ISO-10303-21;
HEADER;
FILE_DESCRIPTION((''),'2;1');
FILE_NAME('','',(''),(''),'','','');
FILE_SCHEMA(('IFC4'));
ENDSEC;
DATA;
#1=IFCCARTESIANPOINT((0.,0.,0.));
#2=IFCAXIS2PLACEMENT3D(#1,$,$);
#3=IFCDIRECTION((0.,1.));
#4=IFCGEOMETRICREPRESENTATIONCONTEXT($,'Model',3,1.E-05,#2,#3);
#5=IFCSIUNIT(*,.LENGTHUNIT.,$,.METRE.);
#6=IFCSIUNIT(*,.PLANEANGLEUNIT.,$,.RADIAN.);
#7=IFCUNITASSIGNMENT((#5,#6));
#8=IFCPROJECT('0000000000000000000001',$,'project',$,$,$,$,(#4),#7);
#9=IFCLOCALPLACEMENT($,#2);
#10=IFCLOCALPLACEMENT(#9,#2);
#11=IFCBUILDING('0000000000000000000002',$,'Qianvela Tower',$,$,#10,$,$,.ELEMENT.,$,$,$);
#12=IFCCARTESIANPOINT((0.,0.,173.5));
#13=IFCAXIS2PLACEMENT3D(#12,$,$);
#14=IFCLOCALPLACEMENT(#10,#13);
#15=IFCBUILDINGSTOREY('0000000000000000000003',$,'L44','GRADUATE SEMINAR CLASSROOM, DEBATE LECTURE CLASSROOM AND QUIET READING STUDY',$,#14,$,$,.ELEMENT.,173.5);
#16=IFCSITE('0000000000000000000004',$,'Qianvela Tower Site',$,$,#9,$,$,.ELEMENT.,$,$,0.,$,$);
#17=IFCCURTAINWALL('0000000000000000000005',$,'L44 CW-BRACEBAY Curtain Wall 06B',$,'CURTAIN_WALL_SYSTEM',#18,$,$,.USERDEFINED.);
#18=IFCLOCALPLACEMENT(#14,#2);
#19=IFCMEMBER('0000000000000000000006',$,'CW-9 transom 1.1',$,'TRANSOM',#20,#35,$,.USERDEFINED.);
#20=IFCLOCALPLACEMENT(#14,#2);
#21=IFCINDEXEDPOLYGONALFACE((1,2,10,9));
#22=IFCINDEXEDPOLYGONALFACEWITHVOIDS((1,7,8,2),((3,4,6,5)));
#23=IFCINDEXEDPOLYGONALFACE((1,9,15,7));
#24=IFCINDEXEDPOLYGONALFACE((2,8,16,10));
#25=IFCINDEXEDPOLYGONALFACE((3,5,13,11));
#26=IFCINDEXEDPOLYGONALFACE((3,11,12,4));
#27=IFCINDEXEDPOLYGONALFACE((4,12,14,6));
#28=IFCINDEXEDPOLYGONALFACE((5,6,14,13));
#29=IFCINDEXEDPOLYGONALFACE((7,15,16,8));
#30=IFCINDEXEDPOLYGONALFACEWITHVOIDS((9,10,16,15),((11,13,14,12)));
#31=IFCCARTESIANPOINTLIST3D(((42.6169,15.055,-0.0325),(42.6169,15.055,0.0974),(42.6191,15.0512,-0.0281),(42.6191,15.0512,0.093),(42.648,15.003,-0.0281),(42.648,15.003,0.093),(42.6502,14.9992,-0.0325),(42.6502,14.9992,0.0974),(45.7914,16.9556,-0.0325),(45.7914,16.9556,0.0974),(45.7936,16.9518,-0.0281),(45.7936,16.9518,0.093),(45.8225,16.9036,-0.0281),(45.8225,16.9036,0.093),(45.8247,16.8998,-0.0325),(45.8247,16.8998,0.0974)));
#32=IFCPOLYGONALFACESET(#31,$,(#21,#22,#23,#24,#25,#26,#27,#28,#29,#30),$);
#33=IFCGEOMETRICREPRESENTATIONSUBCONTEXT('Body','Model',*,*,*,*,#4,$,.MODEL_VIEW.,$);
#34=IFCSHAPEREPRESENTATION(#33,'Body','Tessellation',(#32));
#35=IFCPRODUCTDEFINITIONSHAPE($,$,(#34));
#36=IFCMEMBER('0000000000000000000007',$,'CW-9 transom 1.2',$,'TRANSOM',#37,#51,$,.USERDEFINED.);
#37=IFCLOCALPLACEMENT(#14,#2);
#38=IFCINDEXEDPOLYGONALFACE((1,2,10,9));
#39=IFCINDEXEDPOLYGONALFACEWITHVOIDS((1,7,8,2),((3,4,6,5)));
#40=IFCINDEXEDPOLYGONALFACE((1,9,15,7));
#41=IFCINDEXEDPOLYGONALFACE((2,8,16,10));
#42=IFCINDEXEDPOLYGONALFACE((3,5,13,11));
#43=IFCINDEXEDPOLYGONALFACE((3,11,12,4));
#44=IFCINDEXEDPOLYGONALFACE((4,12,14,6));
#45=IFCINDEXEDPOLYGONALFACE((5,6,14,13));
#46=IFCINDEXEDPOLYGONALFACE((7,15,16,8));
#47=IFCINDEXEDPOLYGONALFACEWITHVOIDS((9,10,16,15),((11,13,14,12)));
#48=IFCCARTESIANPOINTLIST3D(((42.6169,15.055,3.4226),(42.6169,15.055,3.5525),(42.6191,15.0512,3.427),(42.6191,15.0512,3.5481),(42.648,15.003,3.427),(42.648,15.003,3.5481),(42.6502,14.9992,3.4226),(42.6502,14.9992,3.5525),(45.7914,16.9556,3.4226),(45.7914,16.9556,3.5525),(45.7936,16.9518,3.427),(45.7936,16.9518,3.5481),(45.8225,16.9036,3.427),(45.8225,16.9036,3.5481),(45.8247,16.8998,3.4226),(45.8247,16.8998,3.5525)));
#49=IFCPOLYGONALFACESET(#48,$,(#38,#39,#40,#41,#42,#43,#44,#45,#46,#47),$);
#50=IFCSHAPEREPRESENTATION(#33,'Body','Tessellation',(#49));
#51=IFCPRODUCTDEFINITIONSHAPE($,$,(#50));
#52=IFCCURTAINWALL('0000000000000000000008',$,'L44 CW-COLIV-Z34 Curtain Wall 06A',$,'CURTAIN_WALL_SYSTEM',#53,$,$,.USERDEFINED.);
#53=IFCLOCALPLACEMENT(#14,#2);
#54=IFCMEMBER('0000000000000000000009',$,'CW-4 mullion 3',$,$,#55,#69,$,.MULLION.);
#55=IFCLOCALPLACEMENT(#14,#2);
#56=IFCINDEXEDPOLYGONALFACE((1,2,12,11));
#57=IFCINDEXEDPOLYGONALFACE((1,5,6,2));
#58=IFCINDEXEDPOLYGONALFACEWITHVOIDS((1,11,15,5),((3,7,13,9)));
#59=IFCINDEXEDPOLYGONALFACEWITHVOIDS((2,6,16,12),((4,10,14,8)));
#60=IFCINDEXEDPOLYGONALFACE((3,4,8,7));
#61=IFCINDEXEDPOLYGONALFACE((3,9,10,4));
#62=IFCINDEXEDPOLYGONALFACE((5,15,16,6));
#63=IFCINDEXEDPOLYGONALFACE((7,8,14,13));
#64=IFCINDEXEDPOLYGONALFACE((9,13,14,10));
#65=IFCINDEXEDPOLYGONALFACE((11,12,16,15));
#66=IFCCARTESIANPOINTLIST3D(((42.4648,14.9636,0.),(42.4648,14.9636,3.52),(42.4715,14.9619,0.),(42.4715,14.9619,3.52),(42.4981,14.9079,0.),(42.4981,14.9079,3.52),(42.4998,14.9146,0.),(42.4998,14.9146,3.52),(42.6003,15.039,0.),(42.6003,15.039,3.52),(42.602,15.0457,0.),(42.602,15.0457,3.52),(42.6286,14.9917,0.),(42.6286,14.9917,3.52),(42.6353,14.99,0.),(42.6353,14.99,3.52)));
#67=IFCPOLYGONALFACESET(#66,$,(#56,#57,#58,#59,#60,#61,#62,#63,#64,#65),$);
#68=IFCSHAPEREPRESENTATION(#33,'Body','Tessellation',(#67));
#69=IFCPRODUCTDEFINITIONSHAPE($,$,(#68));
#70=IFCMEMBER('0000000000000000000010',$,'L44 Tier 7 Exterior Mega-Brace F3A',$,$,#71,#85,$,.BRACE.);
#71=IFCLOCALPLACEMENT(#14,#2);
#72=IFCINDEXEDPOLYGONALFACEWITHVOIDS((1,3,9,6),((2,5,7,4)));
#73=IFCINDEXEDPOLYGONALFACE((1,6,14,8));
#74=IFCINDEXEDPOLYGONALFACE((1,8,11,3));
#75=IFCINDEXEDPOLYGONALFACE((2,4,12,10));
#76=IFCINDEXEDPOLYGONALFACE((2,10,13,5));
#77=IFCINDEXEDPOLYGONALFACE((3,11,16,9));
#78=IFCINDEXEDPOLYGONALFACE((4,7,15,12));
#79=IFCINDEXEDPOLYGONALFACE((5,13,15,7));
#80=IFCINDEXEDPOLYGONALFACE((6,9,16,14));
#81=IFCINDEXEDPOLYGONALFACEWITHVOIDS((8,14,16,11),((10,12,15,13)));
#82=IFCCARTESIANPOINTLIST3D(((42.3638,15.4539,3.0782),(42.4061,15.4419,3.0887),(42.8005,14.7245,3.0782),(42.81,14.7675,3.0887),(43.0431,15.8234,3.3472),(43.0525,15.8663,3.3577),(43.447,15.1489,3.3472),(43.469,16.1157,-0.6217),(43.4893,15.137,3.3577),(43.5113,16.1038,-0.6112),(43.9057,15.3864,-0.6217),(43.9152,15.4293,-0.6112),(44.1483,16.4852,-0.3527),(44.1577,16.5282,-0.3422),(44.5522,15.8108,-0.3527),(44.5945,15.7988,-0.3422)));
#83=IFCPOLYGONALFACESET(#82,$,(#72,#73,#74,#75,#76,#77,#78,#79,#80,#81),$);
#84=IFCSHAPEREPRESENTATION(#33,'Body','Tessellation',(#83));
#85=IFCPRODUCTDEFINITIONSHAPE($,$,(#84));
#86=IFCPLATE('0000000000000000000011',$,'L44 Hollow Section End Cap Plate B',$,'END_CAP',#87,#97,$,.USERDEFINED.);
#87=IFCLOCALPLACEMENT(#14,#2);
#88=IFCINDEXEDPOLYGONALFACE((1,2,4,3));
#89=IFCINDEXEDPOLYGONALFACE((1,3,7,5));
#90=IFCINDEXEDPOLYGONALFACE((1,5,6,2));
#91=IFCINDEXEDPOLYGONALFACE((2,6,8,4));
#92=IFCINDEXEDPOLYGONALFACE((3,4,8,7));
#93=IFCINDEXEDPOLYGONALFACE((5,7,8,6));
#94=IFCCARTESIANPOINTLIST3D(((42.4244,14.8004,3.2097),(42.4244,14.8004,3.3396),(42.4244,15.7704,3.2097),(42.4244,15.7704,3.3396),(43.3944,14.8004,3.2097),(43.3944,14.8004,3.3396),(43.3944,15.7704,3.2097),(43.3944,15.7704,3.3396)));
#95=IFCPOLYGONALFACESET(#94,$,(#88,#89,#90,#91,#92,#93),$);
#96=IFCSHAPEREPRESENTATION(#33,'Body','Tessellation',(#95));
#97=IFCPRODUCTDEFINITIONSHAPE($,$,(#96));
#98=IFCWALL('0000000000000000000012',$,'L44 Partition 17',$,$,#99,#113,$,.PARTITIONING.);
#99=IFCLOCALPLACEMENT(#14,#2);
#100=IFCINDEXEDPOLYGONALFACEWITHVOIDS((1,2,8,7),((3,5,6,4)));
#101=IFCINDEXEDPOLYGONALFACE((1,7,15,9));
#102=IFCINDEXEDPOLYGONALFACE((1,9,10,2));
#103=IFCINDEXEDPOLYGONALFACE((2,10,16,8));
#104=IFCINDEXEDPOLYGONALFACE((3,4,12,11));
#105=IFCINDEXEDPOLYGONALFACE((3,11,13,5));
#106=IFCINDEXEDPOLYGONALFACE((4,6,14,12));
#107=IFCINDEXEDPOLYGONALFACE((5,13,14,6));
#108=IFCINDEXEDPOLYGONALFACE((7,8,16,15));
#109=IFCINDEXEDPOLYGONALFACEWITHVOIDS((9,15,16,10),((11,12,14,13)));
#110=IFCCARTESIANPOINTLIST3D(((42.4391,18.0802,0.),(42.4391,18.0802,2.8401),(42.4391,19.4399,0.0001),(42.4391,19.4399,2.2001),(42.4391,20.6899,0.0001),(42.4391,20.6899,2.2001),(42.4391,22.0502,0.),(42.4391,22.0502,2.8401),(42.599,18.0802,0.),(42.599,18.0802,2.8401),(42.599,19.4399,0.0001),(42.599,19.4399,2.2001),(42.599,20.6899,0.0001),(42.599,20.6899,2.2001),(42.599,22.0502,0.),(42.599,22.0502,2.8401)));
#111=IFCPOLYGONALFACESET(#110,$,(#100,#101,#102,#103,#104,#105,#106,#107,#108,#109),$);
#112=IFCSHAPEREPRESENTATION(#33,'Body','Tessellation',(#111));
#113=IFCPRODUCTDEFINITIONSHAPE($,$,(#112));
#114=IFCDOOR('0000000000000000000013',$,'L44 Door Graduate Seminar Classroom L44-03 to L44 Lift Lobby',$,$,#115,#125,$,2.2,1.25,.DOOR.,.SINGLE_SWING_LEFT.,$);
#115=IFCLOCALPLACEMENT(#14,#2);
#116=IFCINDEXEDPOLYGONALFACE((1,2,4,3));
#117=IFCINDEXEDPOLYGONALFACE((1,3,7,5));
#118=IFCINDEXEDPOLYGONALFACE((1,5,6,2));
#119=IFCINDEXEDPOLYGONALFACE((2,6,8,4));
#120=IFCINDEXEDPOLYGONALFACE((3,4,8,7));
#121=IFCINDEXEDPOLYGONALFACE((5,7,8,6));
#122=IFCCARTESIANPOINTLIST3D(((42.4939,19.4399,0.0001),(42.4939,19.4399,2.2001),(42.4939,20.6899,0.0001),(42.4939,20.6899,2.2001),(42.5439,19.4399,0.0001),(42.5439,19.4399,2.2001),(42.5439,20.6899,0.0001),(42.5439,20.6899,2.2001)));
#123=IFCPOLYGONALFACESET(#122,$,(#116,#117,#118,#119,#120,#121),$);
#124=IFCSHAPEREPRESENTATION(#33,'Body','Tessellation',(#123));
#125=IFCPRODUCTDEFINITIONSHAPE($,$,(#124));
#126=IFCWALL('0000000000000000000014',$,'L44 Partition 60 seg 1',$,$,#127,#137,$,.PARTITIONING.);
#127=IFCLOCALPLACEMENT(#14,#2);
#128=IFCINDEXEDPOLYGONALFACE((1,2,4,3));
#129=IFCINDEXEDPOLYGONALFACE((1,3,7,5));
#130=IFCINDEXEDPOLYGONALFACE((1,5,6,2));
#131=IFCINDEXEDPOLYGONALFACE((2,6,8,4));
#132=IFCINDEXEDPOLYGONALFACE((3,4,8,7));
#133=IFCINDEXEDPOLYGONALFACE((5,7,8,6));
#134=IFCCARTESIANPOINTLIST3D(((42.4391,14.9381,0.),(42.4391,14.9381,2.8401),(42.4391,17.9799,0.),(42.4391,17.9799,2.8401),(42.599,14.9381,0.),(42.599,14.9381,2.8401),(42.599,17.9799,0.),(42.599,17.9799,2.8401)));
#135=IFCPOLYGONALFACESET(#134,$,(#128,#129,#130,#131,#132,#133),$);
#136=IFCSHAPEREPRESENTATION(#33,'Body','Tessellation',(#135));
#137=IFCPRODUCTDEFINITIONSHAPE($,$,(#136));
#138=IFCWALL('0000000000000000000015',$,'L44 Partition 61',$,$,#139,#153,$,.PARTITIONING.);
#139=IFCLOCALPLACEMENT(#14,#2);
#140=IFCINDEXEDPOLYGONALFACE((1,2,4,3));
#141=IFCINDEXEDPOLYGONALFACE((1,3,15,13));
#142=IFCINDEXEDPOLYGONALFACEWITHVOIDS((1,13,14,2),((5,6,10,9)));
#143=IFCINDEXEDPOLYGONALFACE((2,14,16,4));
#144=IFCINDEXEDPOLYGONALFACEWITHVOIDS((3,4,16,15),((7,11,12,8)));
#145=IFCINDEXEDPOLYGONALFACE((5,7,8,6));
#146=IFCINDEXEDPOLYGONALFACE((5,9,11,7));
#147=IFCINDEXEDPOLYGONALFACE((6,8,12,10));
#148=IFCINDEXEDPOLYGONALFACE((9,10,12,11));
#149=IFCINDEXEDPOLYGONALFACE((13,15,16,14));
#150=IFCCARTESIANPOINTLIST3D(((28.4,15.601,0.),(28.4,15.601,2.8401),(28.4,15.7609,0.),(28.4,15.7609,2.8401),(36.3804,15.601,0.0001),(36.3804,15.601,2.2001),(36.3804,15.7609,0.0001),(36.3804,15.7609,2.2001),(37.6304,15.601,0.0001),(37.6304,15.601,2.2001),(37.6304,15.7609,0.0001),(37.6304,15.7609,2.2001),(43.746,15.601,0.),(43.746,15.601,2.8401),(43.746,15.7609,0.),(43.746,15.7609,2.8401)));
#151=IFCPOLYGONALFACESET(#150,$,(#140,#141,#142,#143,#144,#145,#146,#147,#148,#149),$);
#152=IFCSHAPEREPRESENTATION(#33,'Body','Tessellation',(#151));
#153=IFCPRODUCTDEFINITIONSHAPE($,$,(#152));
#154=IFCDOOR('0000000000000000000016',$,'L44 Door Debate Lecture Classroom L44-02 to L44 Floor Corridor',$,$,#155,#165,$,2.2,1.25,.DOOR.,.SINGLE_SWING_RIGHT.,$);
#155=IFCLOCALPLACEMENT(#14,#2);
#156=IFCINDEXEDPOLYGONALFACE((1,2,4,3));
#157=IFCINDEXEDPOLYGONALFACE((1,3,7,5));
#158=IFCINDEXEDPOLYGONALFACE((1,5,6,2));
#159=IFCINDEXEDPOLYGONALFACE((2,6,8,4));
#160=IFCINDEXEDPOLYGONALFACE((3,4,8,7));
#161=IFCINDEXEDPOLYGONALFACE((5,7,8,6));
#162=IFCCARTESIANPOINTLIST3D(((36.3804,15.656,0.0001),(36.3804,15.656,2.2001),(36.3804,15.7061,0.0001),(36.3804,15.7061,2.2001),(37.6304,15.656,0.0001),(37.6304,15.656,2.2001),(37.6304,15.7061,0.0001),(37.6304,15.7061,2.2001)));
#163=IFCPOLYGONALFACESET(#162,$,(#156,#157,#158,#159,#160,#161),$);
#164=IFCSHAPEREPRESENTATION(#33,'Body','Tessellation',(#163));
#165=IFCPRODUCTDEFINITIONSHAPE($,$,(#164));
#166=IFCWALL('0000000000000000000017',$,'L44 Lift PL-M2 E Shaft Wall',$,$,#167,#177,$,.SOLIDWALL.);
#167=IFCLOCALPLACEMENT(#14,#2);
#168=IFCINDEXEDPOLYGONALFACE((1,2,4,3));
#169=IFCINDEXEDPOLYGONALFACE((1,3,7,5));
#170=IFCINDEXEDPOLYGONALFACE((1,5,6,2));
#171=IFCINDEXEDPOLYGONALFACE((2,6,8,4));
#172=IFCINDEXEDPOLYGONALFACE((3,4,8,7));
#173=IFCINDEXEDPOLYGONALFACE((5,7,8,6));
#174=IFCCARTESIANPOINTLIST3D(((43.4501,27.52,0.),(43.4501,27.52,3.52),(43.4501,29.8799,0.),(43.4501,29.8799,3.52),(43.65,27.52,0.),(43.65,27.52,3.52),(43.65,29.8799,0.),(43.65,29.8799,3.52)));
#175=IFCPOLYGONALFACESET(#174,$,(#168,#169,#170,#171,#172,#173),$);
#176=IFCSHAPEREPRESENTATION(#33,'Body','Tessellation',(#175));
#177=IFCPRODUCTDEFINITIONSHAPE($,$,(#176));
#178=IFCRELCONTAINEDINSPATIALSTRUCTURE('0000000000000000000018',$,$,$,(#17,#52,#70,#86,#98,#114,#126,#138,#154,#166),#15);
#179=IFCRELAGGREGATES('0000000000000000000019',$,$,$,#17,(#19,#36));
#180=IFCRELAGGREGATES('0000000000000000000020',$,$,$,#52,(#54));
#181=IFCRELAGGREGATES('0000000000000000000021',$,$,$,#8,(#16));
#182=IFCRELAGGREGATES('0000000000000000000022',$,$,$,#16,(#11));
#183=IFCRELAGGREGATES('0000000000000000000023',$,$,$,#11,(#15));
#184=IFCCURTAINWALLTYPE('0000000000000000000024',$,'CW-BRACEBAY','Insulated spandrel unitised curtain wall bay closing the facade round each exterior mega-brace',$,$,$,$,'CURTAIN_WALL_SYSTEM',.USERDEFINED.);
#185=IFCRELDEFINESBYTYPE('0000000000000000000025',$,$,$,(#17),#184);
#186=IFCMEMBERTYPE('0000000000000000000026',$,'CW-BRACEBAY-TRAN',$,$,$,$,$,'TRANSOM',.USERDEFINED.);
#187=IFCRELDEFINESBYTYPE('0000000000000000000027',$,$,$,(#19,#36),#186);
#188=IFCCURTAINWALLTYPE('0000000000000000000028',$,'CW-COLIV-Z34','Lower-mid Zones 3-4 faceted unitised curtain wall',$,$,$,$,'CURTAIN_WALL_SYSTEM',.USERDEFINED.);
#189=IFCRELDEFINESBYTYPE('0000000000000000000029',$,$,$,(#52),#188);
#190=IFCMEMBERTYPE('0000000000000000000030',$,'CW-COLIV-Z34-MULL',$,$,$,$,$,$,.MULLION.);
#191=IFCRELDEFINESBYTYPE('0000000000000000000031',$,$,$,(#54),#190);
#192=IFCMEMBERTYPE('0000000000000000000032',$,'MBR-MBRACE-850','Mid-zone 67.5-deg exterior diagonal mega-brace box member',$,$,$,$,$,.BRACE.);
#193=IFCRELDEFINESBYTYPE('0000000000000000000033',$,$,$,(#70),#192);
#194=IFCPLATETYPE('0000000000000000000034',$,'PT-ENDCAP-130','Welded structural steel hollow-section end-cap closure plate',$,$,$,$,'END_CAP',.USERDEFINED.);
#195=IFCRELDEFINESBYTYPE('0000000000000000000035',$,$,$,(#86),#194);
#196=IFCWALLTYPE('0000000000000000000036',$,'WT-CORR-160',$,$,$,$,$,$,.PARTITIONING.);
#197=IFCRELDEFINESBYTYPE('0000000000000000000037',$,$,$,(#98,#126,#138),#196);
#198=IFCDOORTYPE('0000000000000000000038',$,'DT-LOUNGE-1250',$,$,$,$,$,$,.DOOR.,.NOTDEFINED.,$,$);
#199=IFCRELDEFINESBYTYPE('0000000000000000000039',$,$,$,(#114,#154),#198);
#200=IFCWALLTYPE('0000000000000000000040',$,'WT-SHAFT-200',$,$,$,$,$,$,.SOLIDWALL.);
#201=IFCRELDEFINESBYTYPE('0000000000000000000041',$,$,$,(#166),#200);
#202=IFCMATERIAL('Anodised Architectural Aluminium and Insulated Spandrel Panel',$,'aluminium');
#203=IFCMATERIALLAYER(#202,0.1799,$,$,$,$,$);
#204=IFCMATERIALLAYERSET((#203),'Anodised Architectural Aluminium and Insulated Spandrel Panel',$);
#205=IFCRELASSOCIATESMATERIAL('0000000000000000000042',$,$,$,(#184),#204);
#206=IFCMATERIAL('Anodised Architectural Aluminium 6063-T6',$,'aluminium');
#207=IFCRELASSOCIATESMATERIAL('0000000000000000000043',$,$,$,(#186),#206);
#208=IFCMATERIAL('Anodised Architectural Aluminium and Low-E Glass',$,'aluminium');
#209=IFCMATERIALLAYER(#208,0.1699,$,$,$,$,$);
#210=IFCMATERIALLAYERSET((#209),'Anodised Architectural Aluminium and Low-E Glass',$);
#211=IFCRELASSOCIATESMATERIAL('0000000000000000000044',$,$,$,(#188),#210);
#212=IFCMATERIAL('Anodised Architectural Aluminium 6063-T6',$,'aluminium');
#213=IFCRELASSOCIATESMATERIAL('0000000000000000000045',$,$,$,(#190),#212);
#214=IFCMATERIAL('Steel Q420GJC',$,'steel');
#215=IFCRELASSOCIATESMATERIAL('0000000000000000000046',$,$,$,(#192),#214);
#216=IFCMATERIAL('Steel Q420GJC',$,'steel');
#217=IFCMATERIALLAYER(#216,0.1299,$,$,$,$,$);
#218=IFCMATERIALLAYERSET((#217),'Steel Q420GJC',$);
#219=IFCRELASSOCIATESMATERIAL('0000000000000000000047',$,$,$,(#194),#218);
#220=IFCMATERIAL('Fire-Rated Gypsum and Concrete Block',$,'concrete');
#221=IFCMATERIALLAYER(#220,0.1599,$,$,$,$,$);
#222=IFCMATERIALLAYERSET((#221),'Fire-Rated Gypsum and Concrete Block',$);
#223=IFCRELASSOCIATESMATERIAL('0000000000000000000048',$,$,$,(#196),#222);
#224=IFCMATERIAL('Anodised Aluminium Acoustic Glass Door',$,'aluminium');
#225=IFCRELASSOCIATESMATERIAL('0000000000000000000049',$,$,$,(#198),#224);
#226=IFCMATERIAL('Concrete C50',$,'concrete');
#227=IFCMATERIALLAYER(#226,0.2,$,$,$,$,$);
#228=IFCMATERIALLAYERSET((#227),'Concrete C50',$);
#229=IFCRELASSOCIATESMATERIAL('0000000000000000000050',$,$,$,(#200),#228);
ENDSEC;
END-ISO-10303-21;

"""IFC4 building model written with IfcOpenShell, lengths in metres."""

from ifc_helpers import new_model, si_unit, direction, frame, frame_2d, origin, origin_2d, place, context, subcontext, project, spatial, rectangle, hollow_rectangle, extrude, material, layer, layer_set, material_profile, profile_set, type_object, element, fill, aggregate, save


model = new_model("IFC4")

# Units and contexts
model_context = context("Model", 3, precision=1e-05, world=origin(), true_north=direction((0.0, 1.0)))
body_context = subcontext(model_context, "Body", "Model", "MODEL_VIEW")
ifc_project = project(units=[si_unit("LENGTHUNIT", "METRE"), si_unit("PLANEANGLEUNIT", "RADIAN")], contexts=[model_context])

# Site, building, storey
site_placement = place(None, origin())
site = spatial("IfcSite", under=ifc_project, at=site_placement, Name="Qianvela Tower Site", CompositionType="ELEMENT", RefElevation=0.0)
building_placement = place(site_placement, origin())
building = spatial("IfcBuilding", under=site, at=building_placement, Name="Qianvela Tower", CompositionType="ELEMENT")
storey_placement = place(building_placement, frame((0.0, 0.0, 173.5)))
storey = spatial("IfcBuildingStorey", under=building, at=storey_placement, Name="L44", Description="GRADUATE SEMINAR CLASSROOM, DEBATE LECTURE CLASSROOM AND QUIET READING STUDY", CompositionType="ELEMENT", Elevation=173.5)

# Curtain wall, members
ifc_material_1 = material(Name="Anodised Architectural Aluminium and Insulated Spandrel Panel", Category="aluminium")
ifc_layer_1 = layer(ifc_material_1, 0.1799)
ifc_layer_set_1 = layer_set([ifc_layer_1], Name="Anodised Architectural Aluminium and Insulated Spandrel Panel")
curtain_wall_type_1 = type_object("IfcCurtainWallType", Name="CW-BRACEBAY", Description="Insulated spandrel unitised curtain wall bay closing the facade round each exterior mega-brace", ElementType="CURTAIN_WALL_SYSTEM", PredefinedType="USERDEFINED", material=ifc_layer_set_1)
curtain_wall_1_placement = place(storey_placement, origin())
curtain_wall_1 = element("IfcCurtainWall", 1, at=curtain_wall_1_placement, inside=storey, type_object=curtain_wall_type_1, Name="L44 CW-BRACEBAY Curtain Wall 06B", ObjectType="CURTAIN_WALL_SYSTEM", PredefinedType="USERDEFINED")
ifc_material_2 = material(Name="Anodised Architectural Aluminium 6063-T6", Category="aluminium")
ifc_material_profile_1 = material_profile(ifc_material_2, hollow_rectangle(XDim=0.0649, YDim=0.1299, WallThickness=0.0044, at=origin_2d()), Name="ALU-TRAN-65x130")
ifc_profile_set_1 = profile_set([ifc_material_profile_1], Name="Anodised Architectural Aluminium 6063-T6")
member_type_1 = type_object("IfcMemberType", Name="CW-BRACEBAY-TRAN", ElementType="TRANSOM", PredefinedType="USERDEFINED", material=ifc_profile_set_1)
member_1_placement = place(storey_placement, frame((42.6335, 15.0271, 0.0325), z_axis=(0.857982, 0.51368, 0.0), x_axis=(-0.51368, 0.857982, 0.0)))
member_1 = element("IfcMember", 2, at=member_1_placement, type_object=member_type_1, Name="CW-9 transom 1.1", ObjectType="TRANSOM", PredefinedType="USERDEFINED", context=body_context, shape_type="SweptSolid", body=[
    extrude(hollow_rectangle(XDim=0.0649, YDim=0.1299, WallThickness=0.0044, at=origin_2d()), origin(), (0.0, 0.0, 1.0), 3.7),
])
member_2_placement = place(storey_placement, frame((42.6335, 15.0271, 3.4875), z_axis=(0.857982, 0.51368, 0.0), x_axis=(-0.51368, 0.857982, 0.0)))
member_2 = element("IfcMember", 3, at=member_2_placement, type_object=member_type_1, Name="CW-9 transom 1.2", ObjectType="TRANSOM", PredefinedType="USERDEFINED", context=body_context, shape_type="SweptSolid", body=[
    extrude(hollow_rectangle(XDim=0.0649, YDim=0.1299, WallThickness=0.0044, at=origin_2d()), origin(), (0.0, 0.0, 1.0), 3.7),
])
aggregate(curtain_wall_1, [member_1, member_2])

# Curtain wall, member
ifc_material_3 = material(Name="Anodised Architectural Aluminium and Low-E Glass", Category="aluminium")
ifc_layer_2 = layer(ifc_material_3, 0.1699)
ifc_layer_set_2 = layer_set([ifc_layer_2], Name="Anodised Architectural Aluminium and Low-E Glass")
curtain_wall_type_2 = type_object("IfcCurtainWallType", Name="CW-COLIV-Z34", Description="Lower-mid Zones 3-4 faceted unitised curtain wall", ElementType="CURTAIN_WALL_SYSTEM", PredefinedType="USERDEFINED", material=ifc_layer_set_2)
curtain_wall_2_placement = place(storey_placement, origin())
curtain_wall_2 = element("IfcCurtainWall", 4, at=curtain_wall_2_placement, inside=storey, type_object=curtain_wall_type_2, Name="L44 CW-COLIV-Z34 Curtain Wall 06A", ObjectType="CURTAIN_WALL_SYSTEM", PredefinedType="USERDEFINED")
ifc_material_4 = material(Name="Anodised Architectural Aluminium 6063-T6", Category="aluminium")
ifc_material_profile_2 = material_profile(ifc_material_4, hollow_rectangle(XDim=0.0649, YDim=0.1599, WallThickness=0.0049, at=origin_2d()), Name="ALU-MULL-65x160")
ifc_profile_set_2 = profile_set([ifc_material_profile_2], Name="Anodised Architectural Aluminium 6063-T6")
member_type_2 = type_object("IfcMemberType", Name="CW-COLIV-Z34-MULL", PredefinedType="MULLION", material=ifc_profile_set_2)
member_3_placement = place(storey_placement, frame((42.55, 14.9768, 0.0), z_axis=(0.0, 0.0, 1.0), x_axis=(-0.513738, 0.857947, 0.0)))
member_3 = element("IfcMember", 5, at=member_3_placement, type_object=member_type_2, Name="CW-4 mullion 3", PredefinedType="MULLION", context=body_context, shape_type="SweptSolid", body=[
    extrude(hollow_rectangle(XDim=0.0649, YDim=0.1599, WallThickness=0.0049, at=origin_2d()), origin(), (0.0, 0.0, 1.0), 3.52),
])
aggregate(curtain_wall_2, [member_3])

# Member
ifc_material_5 = material(Name="Steel Q420GJC", Category="steel")
ifc_material_profile_3 = material_profile(ifc_material_5, hollow_rectangle(XDim=0.8501, YDim=0.8501, WallThickness=0.032, at=origin_2d()), Name="MBOX-850x850x32")
ifc_profile_set_3 = profile_set([ifc_material_profile_3], Name="Steel Q420GJC")
member_type_3 = type_object("IfcMemberType", Name="MBR-MBRACE-850", Description="Mid-zone 67.5-deg exterior diagonal mega-brace box member", PredefinedType="BRACE", material=ifc_profile_set_3)
member_4_placement = place(storey_placement, frame((44.0317, 15.9573, -0.4819), z_axis=(-0.282103, -0.168938, 0.944393), x_axis=(0.513771, -0.857927, 0.0)))
element("IfcMember", 6, at=member_4_placement, inside=storey, type_object=member_type_3, Name="L44 Tier 7 Exterior Mega-Brace F3A", PredefinedType="BRACE", context=body_context, shape_type="SweptSolid", body=[
    extrude(hollow_rectangle(XDim=0.8501, YDim=0.8501, WallThickness=0.032, at=origin_2d()), origin(), (0.0, 0.0, 1.0), 3.9177),
])

# Plate
ifc_material_6 = material(Name="Steel Q420GJC", Category="steel")
ifc_layer_3 = layer(ifc_material_6, 0.1299)
ifc_layer_set_3 = layer_set([ifc_layer_3], Name="Steel Q420GJC")
plate_type = type_object("IfcPlateType", Name="PT-ENDCAP-130", Description="Welded structural steel hollow-section end-cap closure plate", ElementType="END_CAP", PredefinedType="USERDEFINED", material=ifc_layer_set_3)
plate_placement = place(storey_placement, frame((42.9094, 15.2854, 3.2097), z_axis=(0.0, 0.0, 1.0), x_axis=(1.0, 0.0, 0.0)))
element("IfcPlate", 7, at=plate_placement, inside=storey, type_object=plate_type, Name="L44 Hollow Section End Cap Plate B", ObjectType="END_CAP", PredefinedType="USERDEFINED", context=body_context, shape_type="SweptSolid", body=[
    extrude(rectangle(XDim=0.97, YDim=0.97, at=origin_2d()), origin(), (0.0, 0.0, 1.0), 0.1299),
])

# Wall, opening, door
ifc_material_7 = material(Name="Fire-Rated Gypsum and Concrete Block", Category="concrete")
ifc_layer_4 = layer(ifc_material_7, 0.1599)
ifc_layer_set_4 = layer_set([ifc_layer_4], Name="Fire-Rated Gypsum and Concrete Block")
wall_type_1 = type_object("IfcWallType", Name="WT-CORR-160", PredefinedType="PARTITIONING", material=ifc_layer_set_4)
wall_1_placement = place(storey_placement, frame((42.519, 22.05, 0.0), z_axis=(0.0, 0.0, 1.0), x_axis=(0.0, -1.0, 0.0)))
wall_1 = element("IfcWall", 8, at=wall_1_placement, inside=storey, type_object=wall_type_1, Name="L44 Partition 17", PredefinedType="PARTITIONING", context=body_context, shape_type="SweptSolid", body=[
    extrude(rectangle(XDim=3.97, YDim=0.1599, at=frame_2d((1.9849, 0.0))), origin(), (0.0, 0.0, 1.0), 2.8401),
])
opening_1_placement = place(wall_1_placement, frame((1.3601, 0.0, 0.0)))
opening_1 = element("IfcOpeningElement", 9, at=opening_1_placement, cuts=wall_1, PredefinedType="OPENING", context=body_context, shape_type="SweptSolid", body=[
    extrude(rectangle(XDim=1.25, YDim=2.2, at=frame_2d((0.625, 1.1001))), frame((0.0, 0.0898, 0.0), z_axis=(0.0, -1.0, 0.0), x_axis=(1.0, 0.0, 0.0)), (0.0, 0.0, 1.0), 0.1799),
])
ifc_material_8 = material(Name="Anodised Aluminium Acoustic Glass Door", Category="aluminium")
door_type_1 = type_object("IfcDoorType", Name="DT-LOUNGE-1250", OperationType="NOTDEFINED", PredefinedType="DOOR", material=ifc_material_8)
door_1_placement = place(opening_1_placement, origin())
door_1 = element("IfcDoor", 10, at=door_1_placement, inside=storey, type_object=door_type_1, Name="L44 Door Graduate Seminar Classroom L44-03 to L44 Lift Lobby", OperationType="SINGLE_SWING_LEFT", OverallHeight=2.2, OverallWidth=1.25, PredefinedType="DOOR", context=body_context, shape_type="SweptSolid", body=[
    extrude(rectangle(XDim=1.25, YDim=2.2, at=frame_2d((0.625, 1.1001))), frame((0.0, 0.0249, 0.0), z_axis=(0.0, -1.0, 0.0), x_axis=(1.0, 0.0, 0.0)), (0.0, 0.0, 1.0), 0.05),
])
fill(opening_1, door_1)

# Wall
wall_2_placement = place(storey_placement, frame((42.519, 17.98, 0.0), z_axis=(0.0, 0.0, 1.0), x_axis=(0.0, -1.0, 0.0)))
element("IfcWall", 11, at=wall_2_placement, inside=storey, type_object=wall_type_1, Name="L44 Partition 60 seg 1", PredefinedType="PARTITIONING", context=body_context, shape_type="SweptSolid", body=[
    extrude(rectangle(XDim=3.0417, YDim=0.1599, at=frame_2d((1.521, 0.0))), origin(), (0.0, 0.0, 1.0), 2.8401),
])

# Wall, opening, door
wall_3_placement = place(storey_placement, frame((43.7458, 15.6809, 0.0), z_axis=(0.0, 0.0, 1.0), x_axis=(-1.0, 0.0, 0.0)))
wall_3 = element("IfcWall", 12, at=wall_3_placement, inside=storey, type_object=wall_type_1, Name="L44 Partition 61", PredefinedType="PARTITIONING", context=body_context, shape_type="SweptSolid", body=[
    extrude(rectangle(XDim=15.3459, YDim=0.1599, at=frame_2d((7.6729, 0.0))), origin(), (0.0, 0.0, 1.0), 2.8401),
])
opening_2_placement = place(wall_3_placement, frame((6.1155, 0.0, 0.0)))
opening_2 = element("IfcOpeningElement", 13, at=opening_2_placement, cuts=wall_3, PredefinedType="OPENING", context=body_context, shape_type="SweptSolid", body=[
    extrude(rectangle(XDim=1.25, YDim=2.2, at=frame_2d((0.625, 1.1001))), frame((0.0, 0.0898, 0.0), z_axis=(0.0, -1.0, 0.0), x_axis=(1.0, 0.0, 0.0)), (0.0, 0.0, 1.0), 0.1799),
])
door_2_placement = place(opening_2_placement, origin())
door_2 = element("IfcDoor", 14, at=door_2_placement, inside=storey, type_object=door_type_1, Name="L44 Door Debate Lecture Classroom L44-02 to L44 Floor Corridor", OperationType="SINGLE_SWING_RIGHT", OverallHeight=2.2, OverallWidth=1.25, PredefinedType="DOOR", context=body_context, shape_type="SweptSolid", body=[
    extrude(rectangle(XDim=1.25, YDim=2.2, at=frame_2d((0.625, 1.1001))), frame((0.0, 0.0249, 0.0), z_axis=(0.0, -1.0, 0.0), x_axis=(1.0, 0.0, 0.0)), (0.0, 0.0, 1.0), 0.05),
])
fill(opening_2, door_2)

# Wall
ifc_material_9 = material(Name="Concrete C50", Category="concrete")
ifc_layer_5 = layer(ifc_material_9, 0.2)
ifc_layer_set_5 = layer_set([ifc_layer_5], Name="Concrete C50")
wall_type_2 = type_object("IfcWallType", Name="WT-SHAFT-200", PredefinedType="SOLIDWALL", material=ifc_layer_set_5)
wall_4_placement = place(storey_placement, frame((43.55, 27.52, 0.0), z_axis=(0.0, 0.0, 1.0), x_axis=(0.0, 1.0, 0.0)))
element("IfcWall", 15, at=wall_4_placement, inside=storey, type_object=wall_type_2, Name="L44 Lift PL-M2 E Shaft Wall", PredefinedType="SOLIDWALL", context=body_context, shape_type="SweptSolid", body=[
    extrude(rectangle(XDim=2.3599, YDim=0.2, at=frame_2d((1.1799, 0.0))), origin(), (0.0, 0.0, 1.0), 3.52),
])

save(model, "model.ifc")
